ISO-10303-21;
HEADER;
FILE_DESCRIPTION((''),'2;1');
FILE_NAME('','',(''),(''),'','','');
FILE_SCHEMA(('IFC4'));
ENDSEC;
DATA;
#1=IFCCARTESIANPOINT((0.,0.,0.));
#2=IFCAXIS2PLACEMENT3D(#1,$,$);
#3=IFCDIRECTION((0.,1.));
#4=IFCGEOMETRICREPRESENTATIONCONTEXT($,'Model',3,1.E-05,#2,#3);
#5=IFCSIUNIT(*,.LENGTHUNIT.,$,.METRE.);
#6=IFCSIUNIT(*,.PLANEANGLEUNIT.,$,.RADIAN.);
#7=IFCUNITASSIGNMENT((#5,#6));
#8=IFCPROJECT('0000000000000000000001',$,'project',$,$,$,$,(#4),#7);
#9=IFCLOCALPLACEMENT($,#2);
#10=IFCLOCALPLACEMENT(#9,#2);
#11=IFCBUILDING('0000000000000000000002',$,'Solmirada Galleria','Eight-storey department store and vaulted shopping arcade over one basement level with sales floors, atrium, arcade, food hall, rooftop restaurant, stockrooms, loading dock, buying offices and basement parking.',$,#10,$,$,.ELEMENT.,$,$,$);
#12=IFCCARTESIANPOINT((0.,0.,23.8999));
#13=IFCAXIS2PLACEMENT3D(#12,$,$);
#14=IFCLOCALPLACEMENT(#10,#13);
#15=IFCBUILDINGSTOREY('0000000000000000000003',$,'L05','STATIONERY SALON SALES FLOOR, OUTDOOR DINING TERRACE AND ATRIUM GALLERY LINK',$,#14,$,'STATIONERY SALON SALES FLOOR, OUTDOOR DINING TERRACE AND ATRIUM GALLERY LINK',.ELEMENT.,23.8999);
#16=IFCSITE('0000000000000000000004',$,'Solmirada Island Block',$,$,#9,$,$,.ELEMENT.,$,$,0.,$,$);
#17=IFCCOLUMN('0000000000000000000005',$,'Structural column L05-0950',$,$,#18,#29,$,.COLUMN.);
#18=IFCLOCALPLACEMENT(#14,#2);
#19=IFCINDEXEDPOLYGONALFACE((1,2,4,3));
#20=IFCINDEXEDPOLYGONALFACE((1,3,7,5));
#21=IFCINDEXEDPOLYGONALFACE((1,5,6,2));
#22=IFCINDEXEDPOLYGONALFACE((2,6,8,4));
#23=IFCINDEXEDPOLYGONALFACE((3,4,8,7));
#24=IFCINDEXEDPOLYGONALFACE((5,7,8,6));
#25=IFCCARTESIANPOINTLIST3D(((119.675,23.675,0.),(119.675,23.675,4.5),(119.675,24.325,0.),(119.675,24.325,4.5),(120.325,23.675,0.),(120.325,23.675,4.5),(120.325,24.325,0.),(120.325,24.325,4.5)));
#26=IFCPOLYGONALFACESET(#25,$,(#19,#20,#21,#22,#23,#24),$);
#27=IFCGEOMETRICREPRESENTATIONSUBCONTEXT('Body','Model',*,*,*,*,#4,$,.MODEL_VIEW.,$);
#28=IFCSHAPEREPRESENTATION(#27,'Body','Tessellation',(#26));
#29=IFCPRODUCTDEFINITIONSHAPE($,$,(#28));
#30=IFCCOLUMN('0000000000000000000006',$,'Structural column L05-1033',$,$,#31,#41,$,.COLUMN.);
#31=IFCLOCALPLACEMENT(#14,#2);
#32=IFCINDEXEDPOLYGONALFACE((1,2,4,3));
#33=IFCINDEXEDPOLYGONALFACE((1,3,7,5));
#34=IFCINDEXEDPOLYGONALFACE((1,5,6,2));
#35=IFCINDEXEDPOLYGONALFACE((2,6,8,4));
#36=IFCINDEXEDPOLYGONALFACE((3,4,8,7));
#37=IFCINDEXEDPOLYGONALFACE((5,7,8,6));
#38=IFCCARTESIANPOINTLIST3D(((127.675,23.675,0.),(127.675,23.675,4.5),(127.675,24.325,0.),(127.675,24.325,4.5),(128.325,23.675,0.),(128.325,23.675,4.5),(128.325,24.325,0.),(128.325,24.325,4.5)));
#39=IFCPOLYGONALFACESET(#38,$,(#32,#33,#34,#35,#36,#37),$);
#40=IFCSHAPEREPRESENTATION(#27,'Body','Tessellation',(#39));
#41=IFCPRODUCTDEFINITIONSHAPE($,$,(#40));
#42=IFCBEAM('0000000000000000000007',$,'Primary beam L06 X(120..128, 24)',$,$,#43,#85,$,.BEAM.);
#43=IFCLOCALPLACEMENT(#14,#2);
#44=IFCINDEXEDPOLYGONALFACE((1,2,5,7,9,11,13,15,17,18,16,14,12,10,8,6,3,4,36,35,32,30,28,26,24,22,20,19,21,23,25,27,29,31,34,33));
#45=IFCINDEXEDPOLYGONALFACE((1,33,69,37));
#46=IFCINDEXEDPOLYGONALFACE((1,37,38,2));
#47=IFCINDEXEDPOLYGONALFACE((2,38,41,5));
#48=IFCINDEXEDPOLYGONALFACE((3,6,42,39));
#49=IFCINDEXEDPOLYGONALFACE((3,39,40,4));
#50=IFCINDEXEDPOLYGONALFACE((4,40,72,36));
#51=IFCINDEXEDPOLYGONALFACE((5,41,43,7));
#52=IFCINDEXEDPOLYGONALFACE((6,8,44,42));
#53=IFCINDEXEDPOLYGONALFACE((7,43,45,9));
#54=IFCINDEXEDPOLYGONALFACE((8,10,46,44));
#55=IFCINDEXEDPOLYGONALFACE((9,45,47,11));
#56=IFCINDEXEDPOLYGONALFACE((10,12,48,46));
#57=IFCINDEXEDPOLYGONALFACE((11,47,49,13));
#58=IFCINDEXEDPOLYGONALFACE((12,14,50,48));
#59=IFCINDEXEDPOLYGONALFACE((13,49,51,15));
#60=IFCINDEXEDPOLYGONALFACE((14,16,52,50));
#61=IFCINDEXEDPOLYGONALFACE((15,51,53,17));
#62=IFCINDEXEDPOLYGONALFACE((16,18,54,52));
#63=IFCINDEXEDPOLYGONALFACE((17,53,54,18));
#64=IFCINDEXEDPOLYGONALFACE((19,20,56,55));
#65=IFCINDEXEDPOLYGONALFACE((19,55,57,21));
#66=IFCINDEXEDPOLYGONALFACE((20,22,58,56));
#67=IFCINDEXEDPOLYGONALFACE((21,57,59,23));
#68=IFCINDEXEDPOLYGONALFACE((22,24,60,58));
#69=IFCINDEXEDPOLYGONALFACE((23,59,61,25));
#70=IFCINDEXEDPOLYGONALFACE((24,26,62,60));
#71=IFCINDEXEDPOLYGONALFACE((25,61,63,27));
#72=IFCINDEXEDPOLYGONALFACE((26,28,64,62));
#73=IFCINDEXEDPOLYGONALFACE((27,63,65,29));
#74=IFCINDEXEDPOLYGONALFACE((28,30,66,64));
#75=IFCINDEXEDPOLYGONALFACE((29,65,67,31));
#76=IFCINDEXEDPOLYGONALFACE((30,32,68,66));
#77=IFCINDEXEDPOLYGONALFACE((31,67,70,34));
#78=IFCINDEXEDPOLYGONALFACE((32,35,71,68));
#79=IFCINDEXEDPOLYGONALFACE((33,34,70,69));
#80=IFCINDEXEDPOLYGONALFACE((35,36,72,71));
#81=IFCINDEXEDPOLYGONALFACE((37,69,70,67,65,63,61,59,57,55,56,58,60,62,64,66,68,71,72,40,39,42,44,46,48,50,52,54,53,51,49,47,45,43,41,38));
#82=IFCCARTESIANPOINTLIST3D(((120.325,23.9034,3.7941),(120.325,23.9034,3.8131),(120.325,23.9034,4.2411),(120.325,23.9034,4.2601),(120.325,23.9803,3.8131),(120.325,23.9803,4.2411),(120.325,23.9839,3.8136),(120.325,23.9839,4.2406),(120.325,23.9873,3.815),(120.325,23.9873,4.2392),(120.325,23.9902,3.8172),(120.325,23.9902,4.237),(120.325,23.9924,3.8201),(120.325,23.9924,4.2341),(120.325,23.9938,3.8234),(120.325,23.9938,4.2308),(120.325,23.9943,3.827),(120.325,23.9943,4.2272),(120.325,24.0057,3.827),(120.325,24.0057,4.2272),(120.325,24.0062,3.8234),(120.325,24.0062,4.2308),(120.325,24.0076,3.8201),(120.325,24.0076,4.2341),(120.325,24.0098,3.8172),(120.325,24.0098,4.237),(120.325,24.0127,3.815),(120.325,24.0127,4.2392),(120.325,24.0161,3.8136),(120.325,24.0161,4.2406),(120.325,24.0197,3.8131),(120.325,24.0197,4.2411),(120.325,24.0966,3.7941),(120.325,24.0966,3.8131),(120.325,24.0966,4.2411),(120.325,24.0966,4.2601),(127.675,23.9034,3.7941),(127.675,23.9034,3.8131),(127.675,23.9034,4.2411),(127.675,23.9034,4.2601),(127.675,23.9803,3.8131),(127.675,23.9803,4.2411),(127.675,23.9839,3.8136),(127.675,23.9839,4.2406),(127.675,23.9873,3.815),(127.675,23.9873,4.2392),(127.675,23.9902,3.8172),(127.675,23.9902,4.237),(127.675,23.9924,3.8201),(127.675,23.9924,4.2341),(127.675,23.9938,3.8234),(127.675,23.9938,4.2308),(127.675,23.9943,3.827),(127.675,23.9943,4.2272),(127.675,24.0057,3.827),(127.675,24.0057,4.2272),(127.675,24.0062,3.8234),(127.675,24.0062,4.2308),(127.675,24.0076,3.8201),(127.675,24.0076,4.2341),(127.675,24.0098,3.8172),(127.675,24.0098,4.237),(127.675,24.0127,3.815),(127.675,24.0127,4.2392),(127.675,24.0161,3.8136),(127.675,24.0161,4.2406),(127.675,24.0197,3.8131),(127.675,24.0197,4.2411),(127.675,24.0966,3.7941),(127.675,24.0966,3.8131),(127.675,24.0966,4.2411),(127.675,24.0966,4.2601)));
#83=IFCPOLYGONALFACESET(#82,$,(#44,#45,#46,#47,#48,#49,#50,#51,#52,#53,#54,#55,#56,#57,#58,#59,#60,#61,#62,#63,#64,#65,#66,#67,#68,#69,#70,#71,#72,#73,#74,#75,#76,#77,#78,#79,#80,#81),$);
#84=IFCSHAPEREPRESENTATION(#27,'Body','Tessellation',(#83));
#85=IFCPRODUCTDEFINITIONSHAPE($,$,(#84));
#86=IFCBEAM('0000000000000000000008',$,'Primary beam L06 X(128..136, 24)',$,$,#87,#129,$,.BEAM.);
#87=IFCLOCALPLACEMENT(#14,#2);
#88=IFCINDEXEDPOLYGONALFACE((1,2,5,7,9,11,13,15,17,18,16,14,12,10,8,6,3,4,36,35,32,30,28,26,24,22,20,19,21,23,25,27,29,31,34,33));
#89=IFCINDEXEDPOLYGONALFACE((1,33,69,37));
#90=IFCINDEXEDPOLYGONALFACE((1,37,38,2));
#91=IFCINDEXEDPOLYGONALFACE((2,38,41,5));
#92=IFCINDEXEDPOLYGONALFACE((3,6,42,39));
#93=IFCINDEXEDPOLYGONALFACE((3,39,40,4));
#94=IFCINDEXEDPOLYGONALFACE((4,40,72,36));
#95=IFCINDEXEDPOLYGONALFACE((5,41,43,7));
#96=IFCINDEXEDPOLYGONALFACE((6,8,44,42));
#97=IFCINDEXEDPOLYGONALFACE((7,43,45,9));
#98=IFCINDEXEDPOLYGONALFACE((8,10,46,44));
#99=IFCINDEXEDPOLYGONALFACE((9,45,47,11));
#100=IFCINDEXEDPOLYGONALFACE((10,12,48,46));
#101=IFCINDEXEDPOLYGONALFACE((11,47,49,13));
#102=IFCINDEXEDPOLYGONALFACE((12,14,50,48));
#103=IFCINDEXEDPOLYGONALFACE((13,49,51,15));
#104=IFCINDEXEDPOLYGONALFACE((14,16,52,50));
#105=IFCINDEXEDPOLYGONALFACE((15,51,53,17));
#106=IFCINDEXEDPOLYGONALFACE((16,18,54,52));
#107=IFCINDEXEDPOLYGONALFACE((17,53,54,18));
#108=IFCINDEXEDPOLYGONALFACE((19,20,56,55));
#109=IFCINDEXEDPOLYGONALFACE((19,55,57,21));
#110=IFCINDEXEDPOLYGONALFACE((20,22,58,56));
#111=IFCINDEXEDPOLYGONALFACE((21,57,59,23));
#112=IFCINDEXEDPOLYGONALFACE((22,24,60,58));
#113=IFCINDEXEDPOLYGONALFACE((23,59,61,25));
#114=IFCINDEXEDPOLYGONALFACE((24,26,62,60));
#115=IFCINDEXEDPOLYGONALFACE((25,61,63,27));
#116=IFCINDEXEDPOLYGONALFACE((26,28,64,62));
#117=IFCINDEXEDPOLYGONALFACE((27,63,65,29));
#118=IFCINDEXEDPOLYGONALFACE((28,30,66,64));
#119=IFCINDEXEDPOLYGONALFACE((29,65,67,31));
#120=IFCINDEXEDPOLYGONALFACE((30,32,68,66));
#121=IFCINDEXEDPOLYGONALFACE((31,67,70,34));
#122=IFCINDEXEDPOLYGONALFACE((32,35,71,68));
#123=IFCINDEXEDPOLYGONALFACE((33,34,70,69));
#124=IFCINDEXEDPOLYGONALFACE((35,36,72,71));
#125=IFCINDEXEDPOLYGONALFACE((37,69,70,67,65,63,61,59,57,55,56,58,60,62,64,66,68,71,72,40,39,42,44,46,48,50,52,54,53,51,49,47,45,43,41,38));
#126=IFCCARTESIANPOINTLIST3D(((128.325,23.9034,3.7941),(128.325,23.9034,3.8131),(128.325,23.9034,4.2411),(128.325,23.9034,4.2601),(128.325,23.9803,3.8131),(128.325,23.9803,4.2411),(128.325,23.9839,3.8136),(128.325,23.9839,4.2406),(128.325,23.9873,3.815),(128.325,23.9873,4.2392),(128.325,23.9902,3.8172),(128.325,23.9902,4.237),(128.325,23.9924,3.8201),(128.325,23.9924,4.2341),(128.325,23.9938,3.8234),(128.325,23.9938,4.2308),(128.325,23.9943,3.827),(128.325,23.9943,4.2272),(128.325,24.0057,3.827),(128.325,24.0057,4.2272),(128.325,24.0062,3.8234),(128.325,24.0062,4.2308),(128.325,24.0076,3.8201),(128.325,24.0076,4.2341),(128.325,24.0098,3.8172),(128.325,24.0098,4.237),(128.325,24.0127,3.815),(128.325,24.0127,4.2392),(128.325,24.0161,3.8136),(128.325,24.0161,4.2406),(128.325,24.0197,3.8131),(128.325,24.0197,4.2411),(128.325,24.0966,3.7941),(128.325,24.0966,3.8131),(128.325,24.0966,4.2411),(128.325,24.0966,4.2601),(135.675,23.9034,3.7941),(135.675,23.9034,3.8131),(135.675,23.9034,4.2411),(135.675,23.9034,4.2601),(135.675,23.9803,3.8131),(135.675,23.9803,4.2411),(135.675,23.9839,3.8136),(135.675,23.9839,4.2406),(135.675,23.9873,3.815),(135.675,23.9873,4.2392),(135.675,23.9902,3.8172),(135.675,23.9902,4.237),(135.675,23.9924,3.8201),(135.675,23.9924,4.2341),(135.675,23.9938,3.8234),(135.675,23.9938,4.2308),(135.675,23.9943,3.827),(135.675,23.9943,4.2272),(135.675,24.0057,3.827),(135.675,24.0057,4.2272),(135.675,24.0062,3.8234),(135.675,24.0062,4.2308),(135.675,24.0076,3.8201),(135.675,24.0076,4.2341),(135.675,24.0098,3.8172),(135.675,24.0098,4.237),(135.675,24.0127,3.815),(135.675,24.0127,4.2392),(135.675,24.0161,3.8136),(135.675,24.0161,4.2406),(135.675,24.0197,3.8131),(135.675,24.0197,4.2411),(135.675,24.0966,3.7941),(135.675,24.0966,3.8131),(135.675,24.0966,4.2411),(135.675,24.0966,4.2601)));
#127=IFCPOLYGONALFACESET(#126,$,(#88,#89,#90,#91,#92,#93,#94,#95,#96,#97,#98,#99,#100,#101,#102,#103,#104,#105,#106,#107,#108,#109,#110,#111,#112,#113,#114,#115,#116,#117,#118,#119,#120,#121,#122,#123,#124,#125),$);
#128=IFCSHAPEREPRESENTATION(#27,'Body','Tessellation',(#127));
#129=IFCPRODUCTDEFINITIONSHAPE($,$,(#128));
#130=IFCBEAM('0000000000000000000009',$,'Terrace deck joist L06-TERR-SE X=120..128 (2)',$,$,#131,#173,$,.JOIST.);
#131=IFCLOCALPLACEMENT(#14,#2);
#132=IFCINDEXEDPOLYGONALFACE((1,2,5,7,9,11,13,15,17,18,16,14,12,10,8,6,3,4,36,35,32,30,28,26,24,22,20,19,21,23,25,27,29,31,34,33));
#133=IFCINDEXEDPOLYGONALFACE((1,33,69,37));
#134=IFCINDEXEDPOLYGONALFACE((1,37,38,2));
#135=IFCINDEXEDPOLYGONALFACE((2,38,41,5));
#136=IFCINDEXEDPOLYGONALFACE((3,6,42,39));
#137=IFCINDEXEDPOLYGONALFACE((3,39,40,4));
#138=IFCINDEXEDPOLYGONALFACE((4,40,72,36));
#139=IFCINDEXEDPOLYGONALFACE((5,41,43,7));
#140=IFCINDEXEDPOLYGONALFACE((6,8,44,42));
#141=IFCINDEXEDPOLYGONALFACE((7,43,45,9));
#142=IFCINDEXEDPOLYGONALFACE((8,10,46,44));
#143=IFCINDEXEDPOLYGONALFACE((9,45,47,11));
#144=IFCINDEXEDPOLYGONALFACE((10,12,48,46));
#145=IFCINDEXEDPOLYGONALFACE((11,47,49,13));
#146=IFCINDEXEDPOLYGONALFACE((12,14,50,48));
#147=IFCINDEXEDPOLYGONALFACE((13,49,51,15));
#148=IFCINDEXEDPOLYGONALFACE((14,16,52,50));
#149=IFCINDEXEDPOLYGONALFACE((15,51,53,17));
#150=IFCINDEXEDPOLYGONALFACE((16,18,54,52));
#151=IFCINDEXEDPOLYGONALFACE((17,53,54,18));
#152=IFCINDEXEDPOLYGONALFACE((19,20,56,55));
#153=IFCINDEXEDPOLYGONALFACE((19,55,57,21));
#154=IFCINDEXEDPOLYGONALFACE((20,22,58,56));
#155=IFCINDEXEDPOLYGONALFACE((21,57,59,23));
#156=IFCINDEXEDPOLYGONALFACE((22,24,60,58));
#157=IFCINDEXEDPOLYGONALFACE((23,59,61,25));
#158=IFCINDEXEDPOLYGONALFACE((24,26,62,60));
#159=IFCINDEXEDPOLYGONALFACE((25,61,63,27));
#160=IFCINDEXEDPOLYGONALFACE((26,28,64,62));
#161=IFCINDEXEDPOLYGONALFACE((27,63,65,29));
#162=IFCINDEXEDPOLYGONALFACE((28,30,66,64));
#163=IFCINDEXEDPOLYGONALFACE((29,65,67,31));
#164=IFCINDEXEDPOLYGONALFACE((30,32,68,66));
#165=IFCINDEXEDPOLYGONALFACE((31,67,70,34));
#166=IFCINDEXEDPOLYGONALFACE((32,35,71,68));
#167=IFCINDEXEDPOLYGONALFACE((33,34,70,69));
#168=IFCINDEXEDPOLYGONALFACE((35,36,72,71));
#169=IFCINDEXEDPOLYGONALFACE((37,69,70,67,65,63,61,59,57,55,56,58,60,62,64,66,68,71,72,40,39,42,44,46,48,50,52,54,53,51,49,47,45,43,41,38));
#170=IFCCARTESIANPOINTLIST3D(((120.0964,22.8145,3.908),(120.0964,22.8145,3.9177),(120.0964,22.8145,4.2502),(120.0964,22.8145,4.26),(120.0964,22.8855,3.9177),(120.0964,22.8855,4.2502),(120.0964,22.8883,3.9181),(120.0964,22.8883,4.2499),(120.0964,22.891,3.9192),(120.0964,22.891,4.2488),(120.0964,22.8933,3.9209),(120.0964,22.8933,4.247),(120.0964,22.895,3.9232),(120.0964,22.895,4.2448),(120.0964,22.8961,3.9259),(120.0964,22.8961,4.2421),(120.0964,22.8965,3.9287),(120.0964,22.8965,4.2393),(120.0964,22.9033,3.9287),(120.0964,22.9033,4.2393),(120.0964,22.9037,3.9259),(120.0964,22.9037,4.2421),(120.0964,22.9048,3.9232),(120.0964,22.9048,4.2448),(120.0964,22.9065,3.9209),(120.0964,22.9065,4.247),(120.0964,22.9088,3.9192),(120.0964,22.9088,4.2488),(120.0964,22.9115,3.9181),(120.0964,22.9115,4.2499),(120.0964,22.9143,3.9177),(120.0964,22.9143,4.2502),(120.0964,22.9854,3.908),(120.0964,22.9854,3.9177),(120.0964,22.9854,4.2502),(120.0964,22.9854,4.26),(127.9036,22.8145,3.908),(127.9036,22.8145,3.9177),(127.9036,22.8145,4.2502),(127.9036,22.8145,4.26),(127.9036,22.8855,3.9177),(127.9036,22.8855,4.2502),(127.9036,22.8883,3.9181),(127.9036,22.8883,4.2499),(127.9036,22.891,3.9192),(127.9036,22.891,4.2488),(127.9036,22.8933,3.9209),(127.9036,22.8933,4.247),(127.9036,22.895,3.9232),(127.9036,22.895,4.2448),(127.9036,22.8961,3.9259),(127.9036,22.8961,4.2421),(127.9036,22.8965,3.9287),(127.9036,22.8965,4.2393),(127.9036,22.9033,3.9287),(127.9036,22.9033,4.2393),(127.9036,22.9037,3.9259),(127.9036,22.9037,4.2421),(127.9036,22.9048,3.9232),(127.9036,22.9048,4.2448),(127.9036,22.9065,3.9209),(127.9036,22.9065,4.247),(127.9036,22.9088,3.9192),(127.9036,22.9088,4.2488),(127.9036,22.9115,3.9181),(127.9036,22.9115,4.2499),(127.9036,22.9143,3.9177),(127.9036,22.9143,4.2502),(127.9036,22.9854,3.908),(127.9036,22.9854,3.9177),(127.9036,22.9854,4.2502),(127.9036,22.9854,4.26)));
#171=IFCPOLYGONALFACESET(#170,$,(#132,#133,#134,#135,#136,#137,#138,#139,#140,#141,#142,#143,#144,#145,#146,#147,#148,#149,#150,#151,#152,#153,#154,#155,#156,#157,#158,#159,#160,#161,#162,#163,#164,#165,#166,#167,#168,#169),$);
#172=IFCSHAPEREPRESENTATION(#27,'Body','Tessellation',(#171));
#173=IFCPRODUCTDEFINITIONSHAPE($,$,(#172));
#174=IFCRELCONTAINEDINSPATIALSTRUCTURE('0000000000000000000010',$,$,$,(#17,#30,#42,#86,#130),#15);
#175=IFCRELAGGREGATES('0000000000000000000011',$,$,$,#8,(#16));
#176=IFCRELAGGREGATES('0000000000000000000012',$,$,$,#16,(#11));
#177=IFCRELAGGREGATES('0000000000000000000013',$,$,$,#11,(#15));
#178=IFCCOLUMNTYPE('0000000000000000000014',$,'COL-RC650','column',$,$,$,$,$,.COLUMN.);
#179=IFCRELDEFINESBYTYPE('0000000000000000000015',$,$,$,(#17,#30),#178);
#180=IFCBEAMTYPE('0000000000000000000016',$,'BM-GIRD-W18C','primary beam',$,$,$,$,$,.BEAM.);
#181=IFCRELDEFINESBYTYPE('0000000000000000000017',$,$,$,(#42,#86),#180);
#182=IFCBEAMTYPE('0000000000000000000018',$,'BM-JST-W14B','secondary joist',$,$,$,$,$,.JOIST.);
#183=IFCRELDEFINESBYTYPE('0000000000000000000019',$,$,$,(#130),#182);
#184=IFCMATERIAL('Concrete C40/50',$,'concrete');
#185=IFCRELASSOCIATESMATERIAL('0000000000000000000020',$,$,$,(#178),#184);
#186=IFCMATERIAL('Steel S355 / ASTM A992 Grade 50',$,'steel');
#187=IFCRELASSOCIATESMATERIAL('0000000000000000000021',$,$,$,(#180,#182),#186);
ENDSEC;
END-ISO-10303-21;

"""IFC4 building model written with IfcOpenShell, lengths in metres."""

from ifc_helpers import new_model, si_unit, direction, frame, origin, origin_2d, place, context, subcontext, project, spatial, rectangle, i_section, extrude, material, material_profile, profile_set, type_object, element, save


model = new_model("IFC4")

# Units and contexts
model_context = context("Model", 3, precision=1e-05, world=origin(), true_north=direction((0.0, 1.0)))
body_context = subcontext(model_context, "Body", "Model", "MODEL_VIEW")
ifc_project = project(units=[si_unit("LENGTHUNIT", "METRE"), si_unit("PLANEANGLEUNIT", "RADIAN")], contexts=[model_context])

# Site, building, storey
site_placement = place(None, origin())
site = spatial("IfcSite", under=ifc_project, at=site_placement, Name="Solmirada Island Block", CompositionType="ELEMENT", RefElevation=0.0)
building_placement = place(site_placement, origin())
building = spatial("IfcBuilding", under=site, at=building_placement, Name="Solmirada Galleria", Description="Eight-storey department store and vaulted shopping arcade over one basement level with sales floors, atrium, arcade, food hall, rooftop restaurant, stockrooms, loading dock, buying offices and basement parking.", CompositionType="ELEMENT")
storey_placement = place(building_placement, frame((0.0, 0.0, 23.8999)))
storey = spatial("IfcBuildingStorey", under=building, at=storey_placement, Name="L05", Description="STATIONERY SALON SALES FLOOR, OUTDOOR DINING TERRACE AND ATRIUM GALLERY LINK", LongName="STATIONERY SALON SALES FLOOR, OUTDOOR DINING TERRACE AND ATRIUM GALLERY LINK", CompositionType="ELEMENT", Elevation=23.8999)

# Columns
ifc_material_1 = material(Name="Concrete C40/50", Category="concrete")
ifc_material_profile_1 = material_profile(ifc_material_1, rectangle(XDim=0.6499, YDim=0.6499, at=origin_2d()), Name="RC650X650")
ifc_profile_set_1 = profile_set([ifc_material_profile_1], Name="Concrete C40/50")
column_type = type_object("IfcColumnType", Name="COL-RC650", Description="column", PredefinedType="COLUMN", material=ifc_profile_set_1)
for number, where, z_axis, x_axis, name in (
    (1, (120.0, 24.0, 0.0), (0.0, 0.0, 1.0), (1.0, 0.0, 0.0), "Structural column L05-0950"),
    (2, (128.0, 24.0, 0.0), (0.0, 0.0, 1.0), (1.0, 0.0, 0.0), "Structural column L05-1033"),
):
    element("IfcColumn", number, at=place(storey_placement, frame(where, z_axis=z_axis, x_axis=x_axis)), inside=storey, type_object=column_type, Name=name, PredefinedType="COLUMN", context=body_context, shape_type="SweptSolid", body=[
        extrude(rectangle(XDim=0.6499, YDim=0.6499, at=origin_2d()), origin(), (0.0, 0.0, 1.0), 4.5),
    ])

# Beams
ifc_material_2 = material(Name="Steel S355 / ASTM A992 Grade 50", Category="steel")
ifc_material_profile_2 = material_profile(ifc_material_2, i_section(OverallWidth=0.1931, OverallDepth=0.4661, WebThickness=0.0115, FlangeThickness=0.019, FilletRadius=0.0139, at=origin_2d()), Name="W18X65")
ifc_profile_set_2 = profile_set([ifc_material_profile_2], Name="Steel S355 / ASTM A992 Grade 50")
beam_type_1 = type_object("IfcBeamType", Name="BM-GIRD-W18C", Description="primary beam", PredefinedType="BEAM", material=ifc_profile_set_2)
for number, where, z_axis, x_axis, name in (
    (3, (120.325, 24.0, 4.0271), (1.0, 0.0, 0.0), (0.0, 1.0, 0.0), "Primary beam L06 X(120..128, 24)"),
    (4, (128.325, 24.0, 4.0271), (1.0, 0.0, 0.0), (0.0, 1.0, 0.0), "Primary beam L06 X(128..136, 24)"),
):
    element("IfcBeam", number, at=place(storey_placement, frame(where, z_axis=z_axis, x_axis=x_axis)), inside=storey, type_object=beam_type_1, Name=name, PredefinedType="BEAM", context=body_context, shape_type="SweptSolid", body=[
        extrude(i_section(OverallWidth=0.1931, OverallDepth=0.4661, WebThickness=0.0115, FlangeThickness=0.019, FilletRadius=0.0139, at=origin_2d()), origin(), (0.0, 0.0, 1.0), 7.3501),
    ])
ifc_material_profile_3 = material_profile(ifc_material_2, i_section(OverallWidth=0.1709, OverallDepth=0.3521, WebThickness=0.0068, FlangeThickness=0.0098, FilletRadius=0.011, at=origin_2d()), Name="W14X30")
ifc_profile_set_3 = profile_set([ifc_material_profile_3], Name="Steel S355 / ASTM A992 Grade 50")
beam_type_2 = type_object("IfcBeamType", Name="BM-JST-W14B", Description="secondary joist", PredefinedType="JOIST", material=ifc_profile_set_3)
for number, where, z_axis, x_axis, name in (
    (5, (120.0964, 22.8999, 4.084), (1.0, 0.0, 0.0), (0.0, 1.0, 0.0), "Terrace deck joist L06-TERR-SE X=120..128 (2)"),
):
    element("IfcBeam", number, at=place(storey_placement, frame(where, z_axis=z_axis, x_axis=x_axis)), inside=storey, type_object=beam_type_2, Name=name, PredefinedType="JOIST", context=body_context, shape_type="SweptSolid", body=[
        extrude(i_section(OverallWidth=0.1709, OverallDepth=0.3521, WebThickness=0.0068, FlangeThickness=0.0098, FilletRadius=0.011, at=origin_2d()), origin(), (0.0, 0.0, 1.0), 7.8071),
    ])

save(model, "model.ifc")
